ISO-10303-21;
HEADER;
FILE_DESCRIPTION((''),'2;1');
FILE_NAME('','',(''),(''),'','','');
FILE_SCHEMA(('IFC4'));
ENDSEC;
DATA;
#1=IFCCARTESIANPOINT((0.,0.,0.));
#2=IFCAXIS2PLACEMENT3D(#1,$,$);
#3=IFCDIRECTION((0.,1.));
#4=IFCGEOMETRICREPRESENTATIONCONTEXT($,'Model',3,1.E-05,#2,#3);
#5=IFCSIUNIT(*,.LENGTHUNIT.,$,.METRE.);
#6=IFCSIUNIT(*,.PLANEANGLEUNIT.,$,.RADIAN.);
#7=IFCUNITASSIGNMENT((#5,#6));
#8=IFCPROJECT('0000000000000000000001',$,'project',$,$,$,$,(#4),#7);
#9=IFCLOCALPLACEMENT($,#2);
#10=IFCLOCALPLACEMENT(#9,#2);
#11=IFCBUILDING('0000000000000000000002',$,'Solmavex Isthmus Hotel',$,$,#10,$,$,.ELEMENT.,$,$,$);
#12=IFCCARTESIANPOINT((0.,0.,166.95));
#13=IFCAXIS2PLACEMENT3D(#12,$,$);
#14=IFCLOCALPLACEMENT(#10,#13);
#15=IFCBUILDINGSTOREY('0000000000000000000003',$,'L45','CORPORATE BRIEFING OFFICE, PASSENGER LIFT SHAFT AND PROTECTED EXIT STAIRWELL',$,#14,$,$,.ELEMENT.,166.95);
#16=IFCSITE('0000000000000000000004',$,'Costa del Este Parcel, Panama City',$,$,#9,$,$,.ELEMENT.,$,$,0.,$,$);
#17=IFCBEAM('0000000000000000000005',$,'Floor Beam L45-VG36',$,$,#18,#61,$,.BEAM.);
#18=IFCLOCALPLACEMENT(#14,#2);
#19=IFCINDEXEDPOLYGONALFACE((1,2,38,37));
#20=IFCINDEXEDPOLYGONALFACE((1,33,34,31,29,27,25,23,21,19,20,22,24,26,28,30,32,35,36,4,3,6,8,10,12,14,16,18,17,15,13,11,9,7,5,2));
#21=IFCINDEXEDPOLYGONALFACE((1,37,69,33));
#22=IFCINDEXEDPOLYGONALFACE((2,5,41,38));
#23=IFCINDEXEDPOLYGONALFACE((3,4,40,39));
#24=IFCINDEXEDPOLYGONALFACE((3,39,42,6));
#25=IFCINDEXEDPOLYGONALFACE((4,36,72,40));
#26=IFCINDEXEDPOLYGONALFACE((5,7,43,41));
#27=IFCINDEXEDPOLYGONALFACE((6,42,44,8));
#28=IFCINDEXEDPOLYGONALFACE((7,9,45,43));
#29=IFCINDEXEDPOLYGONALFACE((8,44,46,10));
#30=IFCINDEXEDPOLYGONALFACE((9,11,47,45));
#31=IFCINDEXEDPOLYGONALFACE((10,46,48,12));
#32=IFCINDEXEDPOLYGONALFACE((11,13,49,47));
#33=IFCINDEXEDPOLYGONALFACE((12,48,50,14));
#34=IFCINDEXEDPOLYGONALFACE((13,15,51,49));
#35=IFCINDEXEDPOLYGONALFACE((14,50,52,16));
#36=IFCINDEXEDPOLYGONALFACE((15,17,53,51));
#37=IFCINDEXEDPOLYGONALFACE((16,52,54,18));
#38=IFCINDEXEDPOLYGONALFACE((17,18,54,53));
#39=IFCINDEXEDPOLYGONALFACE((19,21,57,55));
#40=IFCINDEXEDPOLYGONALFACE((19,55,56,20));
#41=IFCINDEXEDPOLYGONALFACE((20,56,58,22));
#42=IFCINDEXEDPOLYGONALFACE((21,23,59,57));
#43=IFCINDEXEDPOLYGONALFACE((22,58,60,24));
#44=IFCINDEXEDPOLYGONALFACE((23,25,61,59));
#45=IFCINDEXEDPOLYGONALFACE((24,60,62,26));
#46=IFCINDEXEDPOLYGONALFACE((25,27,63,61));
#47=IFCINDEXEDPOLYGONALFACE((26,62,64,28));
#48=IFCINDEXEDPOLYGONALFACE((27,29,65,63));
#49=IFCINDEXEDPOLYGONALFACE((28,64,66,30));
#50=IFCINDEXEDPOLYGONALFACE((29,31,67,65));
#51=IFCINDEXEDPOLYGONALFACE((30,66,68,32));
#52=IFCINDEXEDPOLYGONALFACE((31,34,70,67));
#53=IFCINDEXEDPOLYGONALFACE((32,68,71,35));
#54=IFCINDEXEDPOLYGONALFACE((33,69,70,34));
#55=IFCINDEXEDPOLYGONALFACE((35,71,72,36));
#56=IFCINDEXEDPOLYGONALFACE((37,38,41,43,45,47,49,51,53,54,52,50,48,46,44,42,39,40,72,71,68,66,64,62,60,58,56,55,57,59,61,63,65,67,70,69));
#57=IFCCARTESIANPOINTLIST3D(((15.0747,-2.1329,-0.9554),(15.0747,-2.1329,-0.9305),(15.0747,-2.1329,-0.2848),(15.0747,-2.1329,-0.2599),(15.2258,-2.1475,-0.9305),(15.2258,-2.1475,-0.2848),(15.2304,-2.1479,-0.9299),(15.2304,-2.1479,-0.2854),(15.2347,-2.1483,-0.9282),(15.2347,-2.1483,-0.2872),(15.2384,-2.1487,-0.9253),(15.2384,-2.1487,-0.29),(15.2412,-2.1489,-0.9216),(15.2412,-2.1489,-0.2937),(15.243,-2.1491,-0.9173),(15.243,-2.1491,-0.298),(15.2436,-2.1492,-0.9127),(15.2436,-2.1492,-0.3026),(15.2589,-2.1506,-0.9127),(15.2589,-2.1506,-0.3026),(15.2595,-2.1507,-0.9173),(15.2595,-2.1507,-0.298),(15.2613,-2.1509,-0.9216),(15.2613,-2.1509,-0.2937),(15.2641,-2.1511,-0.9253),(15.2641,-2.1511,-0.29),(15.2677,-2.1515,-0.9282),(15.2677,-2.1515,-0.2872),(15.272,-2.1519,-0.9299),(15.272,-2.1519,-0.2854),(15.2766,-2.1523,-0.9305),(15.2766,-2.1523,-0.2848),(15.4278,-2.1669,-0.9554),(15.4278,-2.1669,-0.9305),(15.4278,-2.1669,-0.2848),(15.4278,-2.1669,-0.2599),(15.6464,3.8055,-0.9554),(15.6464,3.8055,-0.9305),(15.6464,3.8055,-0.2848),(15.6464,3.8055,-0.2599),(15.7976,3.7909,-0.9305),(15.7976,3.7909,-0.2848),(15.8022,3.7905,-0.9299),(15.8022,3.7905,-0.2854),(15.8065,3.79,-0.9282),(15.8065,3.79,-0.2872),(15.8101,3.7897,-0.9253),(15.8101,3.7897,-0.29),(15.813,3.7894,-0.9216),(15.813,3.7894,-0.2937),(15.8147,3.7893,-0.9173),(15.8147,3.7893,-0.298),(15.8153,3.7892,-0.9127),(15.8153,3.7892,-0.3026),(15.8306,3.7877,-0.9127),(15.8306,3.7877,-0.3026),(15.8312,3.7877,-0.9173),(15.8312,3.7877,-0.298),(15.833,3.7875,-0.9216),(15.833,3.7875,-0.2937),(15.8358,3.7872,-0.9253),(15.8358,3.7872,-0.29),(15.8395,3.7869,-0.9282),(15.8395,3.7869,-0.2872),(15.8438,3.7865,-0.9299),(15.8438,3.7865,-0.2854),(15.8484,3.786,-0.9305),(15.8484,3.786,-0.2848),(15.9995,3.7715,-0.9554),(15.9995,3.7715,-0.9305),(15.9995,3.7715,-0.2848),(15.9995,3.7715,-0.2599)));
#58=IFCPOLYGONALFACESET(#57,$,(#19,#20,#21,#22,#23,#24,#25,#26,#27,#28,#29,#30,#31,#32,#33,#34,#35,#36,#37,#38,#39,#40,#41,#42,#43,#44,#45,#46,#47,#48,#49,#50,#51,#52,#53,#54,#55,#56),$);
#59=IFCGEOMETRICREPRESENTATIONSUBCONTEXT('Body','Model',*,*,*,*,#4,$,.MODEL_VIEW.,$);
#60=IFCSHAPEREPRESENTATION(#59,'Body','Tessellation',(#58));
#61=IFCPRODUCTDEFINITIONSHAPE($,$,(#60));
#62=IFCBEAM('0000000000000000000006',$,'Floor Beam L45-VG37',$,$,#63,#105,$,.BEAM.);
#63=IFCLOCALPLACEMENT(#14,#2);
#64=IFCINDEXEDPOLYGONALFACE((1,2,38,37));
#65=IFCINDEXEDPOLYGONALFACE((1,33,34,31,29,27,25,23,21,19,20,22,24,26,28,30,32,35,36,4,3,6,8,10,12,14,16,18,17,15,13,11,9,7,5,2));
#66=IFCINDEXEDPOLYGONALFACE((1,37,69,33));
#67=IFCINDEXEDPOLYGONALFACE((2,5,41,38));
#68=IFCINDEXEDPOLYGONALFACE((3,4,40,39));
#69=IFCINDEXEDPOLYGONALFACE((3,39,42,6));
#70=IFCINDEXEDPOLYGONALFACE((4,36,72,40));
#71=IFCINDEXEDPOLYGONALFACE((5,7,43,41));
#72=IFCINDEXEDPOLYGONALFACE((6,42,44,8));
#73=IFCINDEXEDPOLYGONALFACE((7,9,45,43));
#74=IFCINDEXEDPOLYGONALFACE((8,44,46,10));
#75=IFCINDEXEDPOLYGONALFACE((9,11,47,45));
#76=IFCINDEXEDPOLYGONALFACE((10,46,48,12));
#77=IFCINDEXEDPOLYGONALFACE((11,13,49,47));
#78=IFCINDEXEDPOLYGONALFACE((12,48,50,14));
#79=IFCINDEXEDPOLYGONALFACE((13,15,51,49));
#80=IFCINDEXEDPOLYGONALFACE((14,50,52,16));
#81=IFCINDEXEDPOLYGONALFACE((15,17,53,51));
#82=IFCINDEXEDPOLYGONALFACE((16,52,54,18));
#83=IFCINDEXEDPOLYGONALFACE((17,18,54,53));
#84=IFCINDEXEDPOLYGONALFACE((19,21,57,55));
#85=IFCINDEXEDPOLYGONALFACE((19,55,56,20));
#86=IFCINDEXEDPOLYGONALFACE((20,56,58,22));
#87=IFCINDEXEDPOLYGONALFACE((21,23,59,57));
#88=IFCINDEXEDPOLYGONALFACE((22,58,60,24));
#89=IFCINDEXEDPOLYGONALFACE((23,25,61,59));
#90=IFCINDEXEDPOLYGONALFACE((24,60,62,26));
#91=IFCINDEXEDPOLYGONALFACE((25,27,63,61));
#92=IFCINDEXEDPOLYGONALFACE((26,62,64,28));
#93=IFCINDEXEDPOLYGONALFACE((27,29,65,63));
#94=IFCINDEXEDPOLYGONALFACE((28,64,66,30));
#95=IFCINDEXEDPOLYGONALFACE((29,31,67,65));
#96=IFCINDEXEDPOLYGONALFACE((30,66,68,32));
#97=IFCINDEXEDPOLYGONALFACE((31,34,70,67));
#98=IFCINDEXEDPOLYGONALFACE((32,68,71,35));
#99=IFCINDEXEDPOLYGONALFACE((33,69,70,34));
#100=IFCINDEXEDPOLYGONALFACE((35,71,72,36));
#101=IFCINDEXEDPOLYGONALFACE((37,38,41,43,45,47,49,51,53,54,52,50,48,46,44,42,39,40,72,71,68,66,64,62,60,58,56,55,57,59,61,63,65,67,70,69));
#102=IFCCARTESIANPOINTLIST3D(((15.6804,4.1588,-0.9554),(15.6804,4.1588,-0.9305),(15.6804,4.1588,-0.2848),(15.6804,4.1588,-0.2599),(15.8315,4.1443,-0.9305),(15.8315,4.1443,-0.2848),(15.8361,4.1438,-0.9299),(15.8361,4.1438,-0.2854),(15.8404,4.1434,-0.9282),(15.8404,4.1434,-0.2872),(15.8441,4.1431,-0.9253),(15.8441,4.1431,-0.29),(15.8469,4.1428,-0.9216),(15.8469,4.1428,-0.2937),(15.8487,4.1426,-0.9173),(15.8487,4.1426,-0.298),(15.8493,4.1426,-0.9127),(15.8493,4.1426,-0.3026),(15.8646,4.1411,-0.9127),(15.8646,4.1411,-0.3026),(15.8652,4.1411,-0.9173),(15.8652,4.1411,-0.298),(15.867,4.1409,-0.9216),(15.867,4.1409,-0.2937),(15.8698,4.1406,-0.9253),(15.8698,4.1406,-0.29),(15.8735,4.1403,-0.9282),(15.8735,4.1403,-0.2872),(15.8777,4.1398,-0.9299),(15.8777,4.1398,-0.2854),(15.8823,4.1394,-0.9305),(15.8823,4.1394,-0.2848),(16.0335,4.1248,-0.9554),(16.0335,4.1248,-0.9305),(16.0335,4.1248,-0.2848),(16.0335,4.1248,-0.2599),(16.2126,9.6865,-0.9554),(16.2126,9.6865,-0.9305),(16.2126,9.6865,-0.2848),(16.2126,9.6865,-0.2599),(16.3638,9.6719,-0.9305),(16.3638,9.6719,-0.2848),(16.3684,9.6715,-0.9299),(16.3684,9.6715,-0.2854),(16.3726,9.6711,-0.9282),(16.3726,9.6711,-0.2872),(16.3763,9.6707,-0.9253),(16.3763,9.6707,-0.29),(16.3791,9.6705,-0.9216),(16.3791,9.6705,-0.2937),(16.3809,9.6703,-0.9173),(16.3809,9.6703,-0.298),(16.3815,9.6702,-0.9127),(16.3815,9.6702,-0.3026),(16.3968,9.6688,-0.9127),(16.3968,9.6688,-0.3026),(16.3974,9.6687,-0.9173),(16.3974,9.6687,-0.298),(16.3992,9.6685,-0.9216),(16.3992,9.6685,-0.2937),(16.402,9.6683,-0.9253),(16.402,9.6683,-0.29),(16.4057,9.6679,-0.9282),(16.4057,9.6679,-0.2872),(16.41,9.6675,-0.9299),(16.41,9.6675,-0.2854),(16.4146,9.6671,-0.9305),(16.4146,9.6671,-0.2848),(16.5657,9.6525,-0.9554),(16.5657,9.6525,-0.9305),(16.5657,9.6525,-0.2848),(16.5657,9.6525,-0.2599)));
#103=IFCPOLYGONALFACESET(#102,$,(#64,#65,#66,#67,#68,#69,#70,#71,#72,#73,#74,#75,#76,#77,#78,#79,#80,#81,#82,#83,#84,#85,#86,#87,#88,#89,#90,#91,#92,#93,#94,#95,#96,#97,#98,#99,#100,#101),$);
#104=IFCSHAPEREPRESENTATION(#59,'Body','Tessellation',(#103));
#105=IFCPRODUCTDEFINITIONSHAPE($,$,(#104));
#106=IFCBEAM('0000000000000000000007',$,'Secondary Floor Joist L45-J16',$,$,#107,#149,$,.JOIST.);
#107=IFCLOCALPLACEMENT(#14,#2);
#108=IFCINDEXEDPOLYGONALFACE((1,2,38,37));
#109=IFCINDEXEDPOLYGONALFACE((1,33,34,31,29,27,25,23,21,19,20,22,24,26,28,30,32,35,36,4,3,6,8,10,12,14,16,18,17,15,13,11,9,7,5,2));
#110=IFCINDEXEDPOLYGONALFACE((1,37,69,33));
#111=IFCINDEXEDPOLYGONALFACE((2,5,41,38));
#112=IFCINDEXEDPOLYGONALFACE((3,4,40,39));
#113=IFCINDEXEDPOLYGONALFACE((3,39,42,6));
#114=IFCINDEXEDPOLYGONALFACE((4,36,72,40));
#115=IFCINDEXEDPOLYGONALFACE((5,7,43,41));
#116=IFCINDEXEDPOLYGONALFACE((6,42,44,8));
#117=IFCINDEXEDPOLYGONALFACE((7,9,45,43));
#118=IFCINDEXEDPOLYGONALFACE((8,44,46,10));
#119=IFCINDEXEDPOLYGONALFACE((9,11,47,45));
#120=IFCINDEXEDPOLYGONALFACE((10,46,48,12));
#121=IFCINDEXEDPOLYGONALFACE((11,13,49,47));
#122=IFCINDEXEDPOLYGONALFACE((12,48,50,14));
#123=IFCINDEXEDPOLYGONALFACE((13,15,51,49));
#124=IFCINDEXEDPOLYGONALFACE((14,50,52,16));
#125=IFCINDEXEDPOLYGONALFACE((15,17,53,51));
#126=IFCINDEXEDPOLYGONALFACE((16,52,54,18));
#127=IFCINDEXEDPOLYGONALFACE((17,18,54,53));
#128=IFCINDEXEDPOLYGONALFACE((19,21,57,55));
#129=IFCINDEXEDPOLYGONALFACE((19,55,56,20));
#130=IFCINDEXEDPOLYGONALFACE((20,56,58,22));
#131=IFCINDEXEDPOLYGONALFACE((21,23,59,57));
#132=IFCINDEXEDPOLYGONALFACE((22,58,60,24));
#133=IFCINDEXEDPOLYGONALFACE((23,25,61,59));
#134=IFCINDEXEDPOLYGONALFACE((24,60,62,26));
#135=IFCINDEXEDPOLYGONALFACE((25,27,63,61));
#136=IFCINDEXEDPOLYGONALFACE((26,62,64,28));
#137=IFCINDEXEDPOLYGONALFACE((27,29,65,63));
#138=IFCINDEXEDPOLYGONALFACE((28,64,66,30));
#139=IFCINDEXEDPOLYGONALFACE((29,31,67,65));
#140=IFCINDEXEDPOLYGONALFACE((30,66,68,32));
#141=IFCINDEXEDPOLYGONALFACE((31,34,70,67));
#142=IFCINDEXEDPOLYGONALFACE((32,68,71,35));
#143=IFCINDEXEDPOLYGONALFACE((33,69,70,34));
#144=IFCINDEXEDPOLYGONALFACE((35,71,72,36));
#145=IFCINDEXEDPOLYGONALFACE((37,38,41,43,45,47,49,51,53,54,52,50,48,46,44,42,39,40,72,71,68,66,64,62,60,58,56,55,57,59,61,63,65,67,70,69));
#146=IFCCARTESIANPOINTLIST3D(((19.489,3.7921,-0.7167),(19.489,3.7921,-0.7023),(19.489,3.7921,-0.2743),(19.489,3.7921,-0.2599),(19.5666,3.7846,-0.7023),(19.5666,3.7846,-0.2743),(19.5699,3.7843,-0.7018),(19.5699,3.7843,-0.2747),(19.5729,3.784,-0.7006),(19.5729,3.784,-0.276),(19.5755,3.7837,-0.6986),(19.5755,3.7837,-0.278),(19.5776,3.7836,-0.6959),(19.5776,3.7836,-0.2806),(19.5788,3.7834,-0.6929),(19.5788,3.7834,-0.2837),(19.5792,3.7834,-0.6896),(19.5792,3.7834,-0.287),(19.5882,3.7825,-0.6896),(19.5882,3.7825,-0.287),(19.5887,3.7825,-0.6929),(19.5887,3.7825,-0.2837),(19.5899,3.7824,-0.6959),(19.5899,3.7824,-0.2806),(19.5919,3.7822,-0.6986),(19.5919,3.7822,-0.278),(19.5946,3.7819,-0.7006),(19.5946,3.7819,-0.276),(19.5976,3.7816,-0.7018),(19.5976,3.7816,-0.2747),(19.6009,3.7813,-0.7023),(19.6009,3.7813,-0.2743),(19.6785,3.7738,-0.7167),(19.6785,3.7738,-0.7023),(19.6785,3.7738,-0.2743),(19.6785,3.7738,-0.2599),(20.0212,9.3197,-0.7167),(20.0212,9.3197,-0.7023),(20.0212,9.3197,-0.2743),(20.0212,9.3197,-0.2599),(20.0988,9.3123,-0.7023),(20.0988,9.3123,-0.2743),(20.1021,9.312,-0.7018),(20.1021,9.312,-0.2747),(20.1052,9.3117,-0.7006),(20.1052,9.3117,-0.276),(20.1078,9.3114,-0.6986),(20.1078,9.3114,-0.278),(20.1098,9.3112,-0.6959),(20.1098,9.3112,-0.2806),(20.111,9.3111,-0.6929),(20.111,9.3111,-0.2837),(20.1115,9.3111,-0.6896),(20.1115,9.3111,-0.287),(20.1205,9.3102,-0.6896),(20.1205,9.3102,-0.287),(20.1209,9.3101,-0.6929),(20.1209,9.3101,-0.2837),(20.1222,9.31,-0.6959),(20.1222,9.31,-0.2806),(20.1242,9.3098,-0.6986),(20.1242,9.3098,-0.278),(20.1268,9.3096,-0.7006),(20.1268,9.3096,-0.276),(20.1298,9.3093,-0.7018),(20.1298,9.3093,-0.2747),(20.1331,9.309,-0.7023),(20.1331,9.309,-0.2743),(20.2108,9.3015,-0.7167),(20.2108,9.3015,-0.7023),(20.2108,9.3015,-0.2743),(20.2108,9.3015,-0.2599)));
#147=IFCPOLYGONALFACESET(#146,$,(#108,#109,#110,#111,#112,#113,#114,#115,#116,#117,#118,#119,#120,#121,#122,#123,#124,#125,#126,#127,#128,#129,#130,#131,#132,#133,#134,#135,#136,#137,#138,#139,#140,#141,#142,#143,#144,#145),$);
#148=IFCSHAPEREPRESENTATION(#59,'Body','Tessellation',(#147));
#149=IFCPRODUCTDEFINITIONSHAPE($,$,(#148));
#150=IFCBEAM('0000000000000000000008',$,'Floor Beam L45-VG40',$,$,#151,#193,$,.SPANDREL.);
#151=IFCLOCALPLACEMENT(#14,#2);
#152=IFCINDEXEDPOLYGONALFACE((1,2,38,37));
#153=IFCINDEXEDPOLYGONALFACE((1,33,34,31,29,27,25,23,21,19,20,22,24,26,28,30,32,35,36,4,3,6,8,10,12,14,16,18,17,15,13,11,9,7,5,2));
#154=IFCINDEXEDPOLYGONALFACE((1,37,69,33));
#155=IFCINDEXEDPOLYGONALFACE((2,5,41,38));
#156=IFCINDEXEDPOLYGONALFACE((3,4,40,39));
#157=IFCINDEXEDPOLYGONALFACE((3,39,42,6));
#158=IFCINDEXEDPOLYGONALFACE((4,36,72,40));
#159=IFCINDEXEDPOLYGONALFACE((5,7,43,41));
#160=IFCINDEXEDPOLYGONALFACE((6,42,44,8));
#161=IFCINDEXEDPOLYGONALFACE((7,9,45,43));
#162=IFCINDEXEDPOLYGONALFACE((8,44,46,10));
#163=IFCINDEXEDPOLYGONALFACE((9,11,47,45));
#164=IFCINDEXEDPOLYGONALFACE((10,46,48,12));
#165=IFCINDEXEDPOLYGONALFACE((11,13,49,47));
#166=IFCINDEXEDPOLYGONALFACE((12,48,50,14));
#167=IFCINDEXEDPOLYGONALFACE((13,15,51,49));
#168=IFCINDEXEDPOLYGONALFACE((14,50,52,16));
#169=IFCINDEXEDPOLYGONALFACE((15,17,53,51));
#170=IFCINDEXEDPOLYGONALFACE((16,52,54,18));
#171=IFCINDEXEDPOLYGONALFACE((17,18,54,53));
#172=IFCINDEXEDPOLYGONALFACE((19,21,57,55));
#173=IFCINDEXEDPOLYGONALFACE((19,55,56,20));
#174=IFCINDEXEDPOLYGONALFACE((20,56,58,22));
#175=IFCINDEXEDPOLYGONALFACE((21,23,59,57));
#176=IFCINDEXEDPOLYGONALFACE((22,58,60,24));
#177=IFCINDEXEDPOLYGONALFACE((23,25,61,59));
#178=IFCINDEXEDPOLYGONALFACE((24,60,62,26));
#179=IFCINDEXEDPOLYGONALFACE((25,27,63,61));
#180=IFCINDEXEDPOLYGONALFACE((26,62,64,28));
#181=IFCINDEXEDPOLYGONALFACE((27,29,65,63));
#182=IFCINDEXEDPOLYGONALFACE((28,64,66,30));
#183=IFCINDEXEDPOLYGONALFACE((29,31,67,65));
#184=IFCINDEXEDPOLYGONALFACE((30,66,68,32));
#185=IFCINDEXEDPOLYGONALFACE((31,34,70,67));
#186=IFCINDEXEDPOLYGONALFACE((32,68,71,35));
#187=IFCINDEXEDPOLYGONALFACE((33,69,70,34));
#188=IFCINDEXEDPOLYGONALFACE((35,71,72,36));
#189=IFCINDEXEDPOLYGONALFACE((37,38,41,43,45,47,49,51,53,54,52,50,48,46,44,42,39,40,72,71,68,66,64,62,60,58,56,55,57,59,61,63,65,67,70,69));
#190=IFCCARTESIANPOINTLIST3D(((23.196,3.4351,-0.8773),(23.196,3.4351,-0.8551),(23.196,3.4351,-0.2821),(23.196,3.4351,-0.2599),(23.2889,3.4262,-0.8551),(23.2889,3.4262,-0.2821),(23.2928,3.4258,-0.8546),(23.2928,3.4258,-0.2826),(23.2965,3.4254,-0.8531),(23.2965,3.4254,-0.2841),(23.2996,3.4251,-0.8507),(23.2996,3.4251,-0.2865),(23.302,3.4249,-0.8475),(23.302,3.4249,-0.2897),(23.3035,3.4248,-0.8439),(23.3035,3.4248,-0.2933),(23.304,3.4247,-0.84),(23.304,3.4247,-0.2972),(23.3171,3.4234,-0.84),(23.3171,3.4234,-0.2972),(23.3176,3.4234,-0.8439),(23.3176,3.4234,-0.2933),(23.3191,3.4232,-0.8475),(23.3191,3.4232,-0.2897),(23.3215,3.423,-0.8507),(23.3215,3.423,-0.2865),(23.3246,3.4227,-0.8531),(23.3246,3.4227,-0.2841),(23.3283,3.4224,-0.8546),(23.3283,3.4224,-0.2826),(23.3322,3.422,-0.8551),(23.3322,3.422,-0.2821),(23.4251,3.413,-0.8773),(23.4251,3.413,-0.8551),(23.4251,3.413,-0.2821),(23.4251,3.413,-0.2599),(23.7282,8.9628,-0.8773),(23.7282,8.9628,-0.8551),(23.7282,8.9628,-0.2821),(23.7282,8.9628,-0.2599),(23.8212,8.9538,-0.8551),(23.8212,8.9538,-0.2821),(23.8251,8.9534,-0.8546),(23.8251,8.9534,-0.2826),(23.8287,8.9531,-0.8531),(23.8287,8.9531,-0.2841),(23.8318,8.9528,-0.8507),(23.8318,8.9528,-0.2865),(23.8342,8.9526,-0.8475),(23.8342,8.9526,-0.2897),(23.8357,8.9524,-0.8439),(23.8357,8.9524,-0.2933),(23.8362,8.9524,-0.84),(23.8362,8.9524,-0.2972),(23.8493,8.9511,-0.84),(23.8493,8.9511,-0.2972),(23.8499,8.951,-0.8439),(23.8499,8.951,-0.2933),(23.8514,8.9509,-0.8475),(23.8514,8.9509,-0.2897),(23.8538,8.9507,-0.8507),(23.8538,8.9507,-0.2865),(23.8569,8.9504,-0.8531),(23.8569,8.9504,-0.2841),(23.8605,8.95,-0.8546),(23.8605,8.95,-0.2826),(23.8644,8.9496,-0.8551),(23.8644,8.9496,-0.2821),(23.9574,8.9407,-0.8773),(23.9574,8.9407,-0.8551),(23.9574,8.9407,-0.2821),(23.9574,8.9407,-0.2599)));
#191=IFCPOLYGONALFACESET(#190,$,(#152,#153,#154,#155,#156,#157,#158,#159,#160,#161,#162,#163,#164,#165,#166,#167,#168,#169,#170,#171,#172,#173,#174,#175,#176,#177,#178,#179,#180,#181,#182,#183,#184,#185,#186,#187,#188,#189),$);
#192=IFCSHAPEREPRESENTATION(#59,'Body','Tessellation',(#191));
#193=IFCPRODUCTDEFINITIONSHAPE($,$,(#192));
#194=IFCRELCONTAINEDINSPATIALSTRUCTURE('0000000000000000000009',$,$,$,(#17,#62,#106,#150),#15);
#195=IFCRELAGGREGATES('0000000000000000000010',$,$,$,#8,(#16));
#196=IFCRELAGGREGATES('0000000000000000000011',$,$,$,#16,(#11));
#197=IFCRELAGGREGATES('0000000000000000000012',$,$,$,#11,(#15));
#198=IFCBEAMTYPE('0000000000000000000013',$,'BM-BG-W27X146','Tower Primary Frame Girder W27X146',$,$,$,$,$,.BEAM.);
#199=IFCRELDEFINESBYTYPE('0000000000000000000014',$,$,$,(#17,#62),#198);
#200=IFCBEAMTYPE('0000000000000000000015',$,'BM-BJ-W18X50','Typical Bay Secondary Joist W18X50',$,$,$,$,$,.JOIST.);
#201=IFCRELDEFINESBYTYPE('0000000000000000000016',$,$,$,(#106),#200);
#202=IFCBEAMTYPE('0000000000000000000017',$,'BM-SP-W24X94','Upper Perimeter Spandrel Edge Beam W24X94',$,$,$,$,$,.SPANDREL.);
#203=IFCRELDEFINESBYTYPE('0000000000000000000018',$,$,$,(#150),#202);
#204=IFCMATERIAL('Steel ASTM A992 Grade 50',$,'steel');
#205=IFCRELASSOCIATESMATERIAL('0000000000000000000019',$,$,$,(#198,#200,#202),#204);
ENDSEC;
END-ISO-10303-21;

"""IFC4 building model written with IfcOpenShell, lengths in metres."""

from ifc_helpers import new_model, si_unit, direction, frame, origin, origin_2d, place, context, subcontext, project, spatial, i_section, extrude, material, material_profile, profile_set, type_object, element, save


model = new_model("IFC4")

# Units and contexts
model_context = context("Model", 3, precision=1e-05, world=origin(), true_north=direction((0.0, 1.0)))
body_context = subcontext(model_context, "Body", "Model", "MODEL_VIEW")
ifc_project = project(units=[si_unit("LENGTHUNIT", "METRE"), si_unit("PLANEANGLEUNIT", "RADIAN")], contexts=[model_context])

# Site, building, storey
site_placement = place(None, origin())
site = spatial("IfcSite", under=ifc_project, at=site_placement, Name="Costa del Este Parcel, Panama City", CompositionType="ELEMENT", RefElevation=0.0)
building_placement = place(site_placement, origin())
building = spatial("IfcBuilding", under=site, at=building_placement, Name="Solmavex Isthmus Hotel", CompositionType="ELEMENT")
storey_placement = place(building_placement, frame((0.0, 0.0, 166.95)))
storey = spatial("IfcBuildingStorey", under=building, at=storey_placement, Name="L45", Description="CORPORATE BRIEFING OFFICE, PASSENGER LIFT SHAFT AND PROTECTED EXIT STAIRWELL", CompositionType="ELEMENT", Elevation=166.95)

# Beams
ifc_material_1 = material(Name="Steel ASTM A992 Grade 50", Category="steel")
ifc_material_profile_1 = material_profile(ifc_material_1, i_section(OverallWidth=0.3547, OverallDepth=0.6956, WebThickness=0.0154, FlangeThickness=0.0249, FilletRadius=0.0178, at=origin_2d()), Name="W27X146")
ifc_profile_set_1 = profile_set([ifc_material_profile_1], Name="Steel ASTM A992 Grade 50")
beam_type_1 = type_object("IfcBeamType", Name="BM-BG-W27X146", Description="Tower Primary Frame Girder W27X146", PredefinedType="BEAM", material=ifc_profile_set_1)
beam_1_placement = place(storey_placement, frame((15.2512, -2.1499, -0.6077), z_axis=(0.09584, 0.995397, 0.0), x_axis=(-0.995397, 0.09584, 0.0)))
element("IfcBeam", 1, at=beam_1_placement, inside=storey, type_object=beam_type_1, Name="Floor Beam L45-VG36", PredefinedType="BEAM", context=body_context, shape_type="SweptSolid", body=[
    extrude(i_section(OverallWidth=0.3547, OverallDepth=0.6956, WebThickness=0.0154, FlangeThickness=0.0249, FilletRadius=0.0178, at=origin_2d()), origin(), (0.0, 0.0, 1.0), 5.9658),
])
beam_2_placement = place(storey_placement, frame((15.8569, 4.1418, -0.6077), z_axis=(0.095842, 0.995397, 0.0), x_axis=(-0.995397, 0.095842, 0.0)))
element("IfcBeam", 2, at=beam_2_placement, inside=storey, type_object=beam_type_1, Name="Floor Beam L45-VG37", PredefinedType="BEAM", context=body_context, shape_type="SweptSolid", body=[
    extrude(i_section(OverallWidth=0.3547, OverallDepth=0.6956, WebThickness=0.0154, FlangeThickness=0.0249, FilletRadius=0.0178, at=origin_2d()), origin(), (0.0, 0.0, 1.0), 5.5532),
])
ifc_material_profile_2 = material_profile(ifc_material_1, i_section(OverallWidth=0.1904, OverallDepth=0.4568, WebThickness=0.009, FlangeThickness=0.0144, FilletRadius=0.0127, at=origin_2d()), Name="W18X50")
ifc_profile_set_2 = profile_set([ifc_material_profile_2], Name="Steel ASTM A992 Grade 50")
beam_type_2 = type_object("IfcBeamType", Name="BM-BJ-W18X50", Description="Typical Bay Secondary Joist W18X50", PredefinedType="JOIST", material=ifc_profile_set_2)
beam_3_placement = place(storey_placement, frame((19.5837, 3.783, -0.4883), z_axis=(0.095842, 0.995397, 0.0), x_axis=(-0.995397, 0.095842, 0.0)))
element("IfcBeam", 3, at=beam_3_placement, inside=storey, type_object=beam_type_2, Name="Secondary Floor Joist L45-J16", PredefinedType="JOIST", context=body_context, shape_type="SweptSolid", body=[
    extrude(i_section(OverallWidth=0.1904, OverallDepth=0.4568, WebThickness=0.009, FlangeThickness=0.0144, FilletRadius=0.0127, at=origin_2d()), origin(), (0.0, 0.0, 1.0), 5.5532),
])
ifc_material_profile_3 = material_profile(ifc_material_1, i_section(OverallWidth=0.2302, OverallDepth=0.6174, WebThickness=0.0132, FlangeThickness=0.0222, FilletRadius=0.0151, at=origin_2d()), Name="W24X94")
ifc_profile_set_3 = profile_set([ifc_material_profile_3], Name="Steel ASTM A992 Grade 50")
beam_type_3 = type_object("IfcBeamType", Name="BM-SP-W24X94", Description="Upper Perimeter Spandrel Edge Beam W24X94", PredefinedType="SPANDREL", material=ifc_profile_set_3)
beam_4_placement = place(storey_placement, frame((23.3105, 3.4241, -0.5686), z_axis=(0.095842, 0.995397, 0.0), x_axis=(-0.995397, 0.095842, 0.0)))
element("IfcBeam", 4, at=beam_4_placement, inside=storey, type_object=beam_type_3, Name="Floor Beam L45-VG40", PredefinedType="SPANDREL", context=body_context, shape_type="SweptSolid", body=[
    extrude(i_section(OverallWidth=0.2302, OverallDepth=0.6174, WebThickness=0.0132, FlangeThickness=0.0222, FilletRadius=0.0151, at=origin_2d()), origin(), (0.0, 0.0, 1.0), 5.5532),
])

save(model, "model.ifc")
